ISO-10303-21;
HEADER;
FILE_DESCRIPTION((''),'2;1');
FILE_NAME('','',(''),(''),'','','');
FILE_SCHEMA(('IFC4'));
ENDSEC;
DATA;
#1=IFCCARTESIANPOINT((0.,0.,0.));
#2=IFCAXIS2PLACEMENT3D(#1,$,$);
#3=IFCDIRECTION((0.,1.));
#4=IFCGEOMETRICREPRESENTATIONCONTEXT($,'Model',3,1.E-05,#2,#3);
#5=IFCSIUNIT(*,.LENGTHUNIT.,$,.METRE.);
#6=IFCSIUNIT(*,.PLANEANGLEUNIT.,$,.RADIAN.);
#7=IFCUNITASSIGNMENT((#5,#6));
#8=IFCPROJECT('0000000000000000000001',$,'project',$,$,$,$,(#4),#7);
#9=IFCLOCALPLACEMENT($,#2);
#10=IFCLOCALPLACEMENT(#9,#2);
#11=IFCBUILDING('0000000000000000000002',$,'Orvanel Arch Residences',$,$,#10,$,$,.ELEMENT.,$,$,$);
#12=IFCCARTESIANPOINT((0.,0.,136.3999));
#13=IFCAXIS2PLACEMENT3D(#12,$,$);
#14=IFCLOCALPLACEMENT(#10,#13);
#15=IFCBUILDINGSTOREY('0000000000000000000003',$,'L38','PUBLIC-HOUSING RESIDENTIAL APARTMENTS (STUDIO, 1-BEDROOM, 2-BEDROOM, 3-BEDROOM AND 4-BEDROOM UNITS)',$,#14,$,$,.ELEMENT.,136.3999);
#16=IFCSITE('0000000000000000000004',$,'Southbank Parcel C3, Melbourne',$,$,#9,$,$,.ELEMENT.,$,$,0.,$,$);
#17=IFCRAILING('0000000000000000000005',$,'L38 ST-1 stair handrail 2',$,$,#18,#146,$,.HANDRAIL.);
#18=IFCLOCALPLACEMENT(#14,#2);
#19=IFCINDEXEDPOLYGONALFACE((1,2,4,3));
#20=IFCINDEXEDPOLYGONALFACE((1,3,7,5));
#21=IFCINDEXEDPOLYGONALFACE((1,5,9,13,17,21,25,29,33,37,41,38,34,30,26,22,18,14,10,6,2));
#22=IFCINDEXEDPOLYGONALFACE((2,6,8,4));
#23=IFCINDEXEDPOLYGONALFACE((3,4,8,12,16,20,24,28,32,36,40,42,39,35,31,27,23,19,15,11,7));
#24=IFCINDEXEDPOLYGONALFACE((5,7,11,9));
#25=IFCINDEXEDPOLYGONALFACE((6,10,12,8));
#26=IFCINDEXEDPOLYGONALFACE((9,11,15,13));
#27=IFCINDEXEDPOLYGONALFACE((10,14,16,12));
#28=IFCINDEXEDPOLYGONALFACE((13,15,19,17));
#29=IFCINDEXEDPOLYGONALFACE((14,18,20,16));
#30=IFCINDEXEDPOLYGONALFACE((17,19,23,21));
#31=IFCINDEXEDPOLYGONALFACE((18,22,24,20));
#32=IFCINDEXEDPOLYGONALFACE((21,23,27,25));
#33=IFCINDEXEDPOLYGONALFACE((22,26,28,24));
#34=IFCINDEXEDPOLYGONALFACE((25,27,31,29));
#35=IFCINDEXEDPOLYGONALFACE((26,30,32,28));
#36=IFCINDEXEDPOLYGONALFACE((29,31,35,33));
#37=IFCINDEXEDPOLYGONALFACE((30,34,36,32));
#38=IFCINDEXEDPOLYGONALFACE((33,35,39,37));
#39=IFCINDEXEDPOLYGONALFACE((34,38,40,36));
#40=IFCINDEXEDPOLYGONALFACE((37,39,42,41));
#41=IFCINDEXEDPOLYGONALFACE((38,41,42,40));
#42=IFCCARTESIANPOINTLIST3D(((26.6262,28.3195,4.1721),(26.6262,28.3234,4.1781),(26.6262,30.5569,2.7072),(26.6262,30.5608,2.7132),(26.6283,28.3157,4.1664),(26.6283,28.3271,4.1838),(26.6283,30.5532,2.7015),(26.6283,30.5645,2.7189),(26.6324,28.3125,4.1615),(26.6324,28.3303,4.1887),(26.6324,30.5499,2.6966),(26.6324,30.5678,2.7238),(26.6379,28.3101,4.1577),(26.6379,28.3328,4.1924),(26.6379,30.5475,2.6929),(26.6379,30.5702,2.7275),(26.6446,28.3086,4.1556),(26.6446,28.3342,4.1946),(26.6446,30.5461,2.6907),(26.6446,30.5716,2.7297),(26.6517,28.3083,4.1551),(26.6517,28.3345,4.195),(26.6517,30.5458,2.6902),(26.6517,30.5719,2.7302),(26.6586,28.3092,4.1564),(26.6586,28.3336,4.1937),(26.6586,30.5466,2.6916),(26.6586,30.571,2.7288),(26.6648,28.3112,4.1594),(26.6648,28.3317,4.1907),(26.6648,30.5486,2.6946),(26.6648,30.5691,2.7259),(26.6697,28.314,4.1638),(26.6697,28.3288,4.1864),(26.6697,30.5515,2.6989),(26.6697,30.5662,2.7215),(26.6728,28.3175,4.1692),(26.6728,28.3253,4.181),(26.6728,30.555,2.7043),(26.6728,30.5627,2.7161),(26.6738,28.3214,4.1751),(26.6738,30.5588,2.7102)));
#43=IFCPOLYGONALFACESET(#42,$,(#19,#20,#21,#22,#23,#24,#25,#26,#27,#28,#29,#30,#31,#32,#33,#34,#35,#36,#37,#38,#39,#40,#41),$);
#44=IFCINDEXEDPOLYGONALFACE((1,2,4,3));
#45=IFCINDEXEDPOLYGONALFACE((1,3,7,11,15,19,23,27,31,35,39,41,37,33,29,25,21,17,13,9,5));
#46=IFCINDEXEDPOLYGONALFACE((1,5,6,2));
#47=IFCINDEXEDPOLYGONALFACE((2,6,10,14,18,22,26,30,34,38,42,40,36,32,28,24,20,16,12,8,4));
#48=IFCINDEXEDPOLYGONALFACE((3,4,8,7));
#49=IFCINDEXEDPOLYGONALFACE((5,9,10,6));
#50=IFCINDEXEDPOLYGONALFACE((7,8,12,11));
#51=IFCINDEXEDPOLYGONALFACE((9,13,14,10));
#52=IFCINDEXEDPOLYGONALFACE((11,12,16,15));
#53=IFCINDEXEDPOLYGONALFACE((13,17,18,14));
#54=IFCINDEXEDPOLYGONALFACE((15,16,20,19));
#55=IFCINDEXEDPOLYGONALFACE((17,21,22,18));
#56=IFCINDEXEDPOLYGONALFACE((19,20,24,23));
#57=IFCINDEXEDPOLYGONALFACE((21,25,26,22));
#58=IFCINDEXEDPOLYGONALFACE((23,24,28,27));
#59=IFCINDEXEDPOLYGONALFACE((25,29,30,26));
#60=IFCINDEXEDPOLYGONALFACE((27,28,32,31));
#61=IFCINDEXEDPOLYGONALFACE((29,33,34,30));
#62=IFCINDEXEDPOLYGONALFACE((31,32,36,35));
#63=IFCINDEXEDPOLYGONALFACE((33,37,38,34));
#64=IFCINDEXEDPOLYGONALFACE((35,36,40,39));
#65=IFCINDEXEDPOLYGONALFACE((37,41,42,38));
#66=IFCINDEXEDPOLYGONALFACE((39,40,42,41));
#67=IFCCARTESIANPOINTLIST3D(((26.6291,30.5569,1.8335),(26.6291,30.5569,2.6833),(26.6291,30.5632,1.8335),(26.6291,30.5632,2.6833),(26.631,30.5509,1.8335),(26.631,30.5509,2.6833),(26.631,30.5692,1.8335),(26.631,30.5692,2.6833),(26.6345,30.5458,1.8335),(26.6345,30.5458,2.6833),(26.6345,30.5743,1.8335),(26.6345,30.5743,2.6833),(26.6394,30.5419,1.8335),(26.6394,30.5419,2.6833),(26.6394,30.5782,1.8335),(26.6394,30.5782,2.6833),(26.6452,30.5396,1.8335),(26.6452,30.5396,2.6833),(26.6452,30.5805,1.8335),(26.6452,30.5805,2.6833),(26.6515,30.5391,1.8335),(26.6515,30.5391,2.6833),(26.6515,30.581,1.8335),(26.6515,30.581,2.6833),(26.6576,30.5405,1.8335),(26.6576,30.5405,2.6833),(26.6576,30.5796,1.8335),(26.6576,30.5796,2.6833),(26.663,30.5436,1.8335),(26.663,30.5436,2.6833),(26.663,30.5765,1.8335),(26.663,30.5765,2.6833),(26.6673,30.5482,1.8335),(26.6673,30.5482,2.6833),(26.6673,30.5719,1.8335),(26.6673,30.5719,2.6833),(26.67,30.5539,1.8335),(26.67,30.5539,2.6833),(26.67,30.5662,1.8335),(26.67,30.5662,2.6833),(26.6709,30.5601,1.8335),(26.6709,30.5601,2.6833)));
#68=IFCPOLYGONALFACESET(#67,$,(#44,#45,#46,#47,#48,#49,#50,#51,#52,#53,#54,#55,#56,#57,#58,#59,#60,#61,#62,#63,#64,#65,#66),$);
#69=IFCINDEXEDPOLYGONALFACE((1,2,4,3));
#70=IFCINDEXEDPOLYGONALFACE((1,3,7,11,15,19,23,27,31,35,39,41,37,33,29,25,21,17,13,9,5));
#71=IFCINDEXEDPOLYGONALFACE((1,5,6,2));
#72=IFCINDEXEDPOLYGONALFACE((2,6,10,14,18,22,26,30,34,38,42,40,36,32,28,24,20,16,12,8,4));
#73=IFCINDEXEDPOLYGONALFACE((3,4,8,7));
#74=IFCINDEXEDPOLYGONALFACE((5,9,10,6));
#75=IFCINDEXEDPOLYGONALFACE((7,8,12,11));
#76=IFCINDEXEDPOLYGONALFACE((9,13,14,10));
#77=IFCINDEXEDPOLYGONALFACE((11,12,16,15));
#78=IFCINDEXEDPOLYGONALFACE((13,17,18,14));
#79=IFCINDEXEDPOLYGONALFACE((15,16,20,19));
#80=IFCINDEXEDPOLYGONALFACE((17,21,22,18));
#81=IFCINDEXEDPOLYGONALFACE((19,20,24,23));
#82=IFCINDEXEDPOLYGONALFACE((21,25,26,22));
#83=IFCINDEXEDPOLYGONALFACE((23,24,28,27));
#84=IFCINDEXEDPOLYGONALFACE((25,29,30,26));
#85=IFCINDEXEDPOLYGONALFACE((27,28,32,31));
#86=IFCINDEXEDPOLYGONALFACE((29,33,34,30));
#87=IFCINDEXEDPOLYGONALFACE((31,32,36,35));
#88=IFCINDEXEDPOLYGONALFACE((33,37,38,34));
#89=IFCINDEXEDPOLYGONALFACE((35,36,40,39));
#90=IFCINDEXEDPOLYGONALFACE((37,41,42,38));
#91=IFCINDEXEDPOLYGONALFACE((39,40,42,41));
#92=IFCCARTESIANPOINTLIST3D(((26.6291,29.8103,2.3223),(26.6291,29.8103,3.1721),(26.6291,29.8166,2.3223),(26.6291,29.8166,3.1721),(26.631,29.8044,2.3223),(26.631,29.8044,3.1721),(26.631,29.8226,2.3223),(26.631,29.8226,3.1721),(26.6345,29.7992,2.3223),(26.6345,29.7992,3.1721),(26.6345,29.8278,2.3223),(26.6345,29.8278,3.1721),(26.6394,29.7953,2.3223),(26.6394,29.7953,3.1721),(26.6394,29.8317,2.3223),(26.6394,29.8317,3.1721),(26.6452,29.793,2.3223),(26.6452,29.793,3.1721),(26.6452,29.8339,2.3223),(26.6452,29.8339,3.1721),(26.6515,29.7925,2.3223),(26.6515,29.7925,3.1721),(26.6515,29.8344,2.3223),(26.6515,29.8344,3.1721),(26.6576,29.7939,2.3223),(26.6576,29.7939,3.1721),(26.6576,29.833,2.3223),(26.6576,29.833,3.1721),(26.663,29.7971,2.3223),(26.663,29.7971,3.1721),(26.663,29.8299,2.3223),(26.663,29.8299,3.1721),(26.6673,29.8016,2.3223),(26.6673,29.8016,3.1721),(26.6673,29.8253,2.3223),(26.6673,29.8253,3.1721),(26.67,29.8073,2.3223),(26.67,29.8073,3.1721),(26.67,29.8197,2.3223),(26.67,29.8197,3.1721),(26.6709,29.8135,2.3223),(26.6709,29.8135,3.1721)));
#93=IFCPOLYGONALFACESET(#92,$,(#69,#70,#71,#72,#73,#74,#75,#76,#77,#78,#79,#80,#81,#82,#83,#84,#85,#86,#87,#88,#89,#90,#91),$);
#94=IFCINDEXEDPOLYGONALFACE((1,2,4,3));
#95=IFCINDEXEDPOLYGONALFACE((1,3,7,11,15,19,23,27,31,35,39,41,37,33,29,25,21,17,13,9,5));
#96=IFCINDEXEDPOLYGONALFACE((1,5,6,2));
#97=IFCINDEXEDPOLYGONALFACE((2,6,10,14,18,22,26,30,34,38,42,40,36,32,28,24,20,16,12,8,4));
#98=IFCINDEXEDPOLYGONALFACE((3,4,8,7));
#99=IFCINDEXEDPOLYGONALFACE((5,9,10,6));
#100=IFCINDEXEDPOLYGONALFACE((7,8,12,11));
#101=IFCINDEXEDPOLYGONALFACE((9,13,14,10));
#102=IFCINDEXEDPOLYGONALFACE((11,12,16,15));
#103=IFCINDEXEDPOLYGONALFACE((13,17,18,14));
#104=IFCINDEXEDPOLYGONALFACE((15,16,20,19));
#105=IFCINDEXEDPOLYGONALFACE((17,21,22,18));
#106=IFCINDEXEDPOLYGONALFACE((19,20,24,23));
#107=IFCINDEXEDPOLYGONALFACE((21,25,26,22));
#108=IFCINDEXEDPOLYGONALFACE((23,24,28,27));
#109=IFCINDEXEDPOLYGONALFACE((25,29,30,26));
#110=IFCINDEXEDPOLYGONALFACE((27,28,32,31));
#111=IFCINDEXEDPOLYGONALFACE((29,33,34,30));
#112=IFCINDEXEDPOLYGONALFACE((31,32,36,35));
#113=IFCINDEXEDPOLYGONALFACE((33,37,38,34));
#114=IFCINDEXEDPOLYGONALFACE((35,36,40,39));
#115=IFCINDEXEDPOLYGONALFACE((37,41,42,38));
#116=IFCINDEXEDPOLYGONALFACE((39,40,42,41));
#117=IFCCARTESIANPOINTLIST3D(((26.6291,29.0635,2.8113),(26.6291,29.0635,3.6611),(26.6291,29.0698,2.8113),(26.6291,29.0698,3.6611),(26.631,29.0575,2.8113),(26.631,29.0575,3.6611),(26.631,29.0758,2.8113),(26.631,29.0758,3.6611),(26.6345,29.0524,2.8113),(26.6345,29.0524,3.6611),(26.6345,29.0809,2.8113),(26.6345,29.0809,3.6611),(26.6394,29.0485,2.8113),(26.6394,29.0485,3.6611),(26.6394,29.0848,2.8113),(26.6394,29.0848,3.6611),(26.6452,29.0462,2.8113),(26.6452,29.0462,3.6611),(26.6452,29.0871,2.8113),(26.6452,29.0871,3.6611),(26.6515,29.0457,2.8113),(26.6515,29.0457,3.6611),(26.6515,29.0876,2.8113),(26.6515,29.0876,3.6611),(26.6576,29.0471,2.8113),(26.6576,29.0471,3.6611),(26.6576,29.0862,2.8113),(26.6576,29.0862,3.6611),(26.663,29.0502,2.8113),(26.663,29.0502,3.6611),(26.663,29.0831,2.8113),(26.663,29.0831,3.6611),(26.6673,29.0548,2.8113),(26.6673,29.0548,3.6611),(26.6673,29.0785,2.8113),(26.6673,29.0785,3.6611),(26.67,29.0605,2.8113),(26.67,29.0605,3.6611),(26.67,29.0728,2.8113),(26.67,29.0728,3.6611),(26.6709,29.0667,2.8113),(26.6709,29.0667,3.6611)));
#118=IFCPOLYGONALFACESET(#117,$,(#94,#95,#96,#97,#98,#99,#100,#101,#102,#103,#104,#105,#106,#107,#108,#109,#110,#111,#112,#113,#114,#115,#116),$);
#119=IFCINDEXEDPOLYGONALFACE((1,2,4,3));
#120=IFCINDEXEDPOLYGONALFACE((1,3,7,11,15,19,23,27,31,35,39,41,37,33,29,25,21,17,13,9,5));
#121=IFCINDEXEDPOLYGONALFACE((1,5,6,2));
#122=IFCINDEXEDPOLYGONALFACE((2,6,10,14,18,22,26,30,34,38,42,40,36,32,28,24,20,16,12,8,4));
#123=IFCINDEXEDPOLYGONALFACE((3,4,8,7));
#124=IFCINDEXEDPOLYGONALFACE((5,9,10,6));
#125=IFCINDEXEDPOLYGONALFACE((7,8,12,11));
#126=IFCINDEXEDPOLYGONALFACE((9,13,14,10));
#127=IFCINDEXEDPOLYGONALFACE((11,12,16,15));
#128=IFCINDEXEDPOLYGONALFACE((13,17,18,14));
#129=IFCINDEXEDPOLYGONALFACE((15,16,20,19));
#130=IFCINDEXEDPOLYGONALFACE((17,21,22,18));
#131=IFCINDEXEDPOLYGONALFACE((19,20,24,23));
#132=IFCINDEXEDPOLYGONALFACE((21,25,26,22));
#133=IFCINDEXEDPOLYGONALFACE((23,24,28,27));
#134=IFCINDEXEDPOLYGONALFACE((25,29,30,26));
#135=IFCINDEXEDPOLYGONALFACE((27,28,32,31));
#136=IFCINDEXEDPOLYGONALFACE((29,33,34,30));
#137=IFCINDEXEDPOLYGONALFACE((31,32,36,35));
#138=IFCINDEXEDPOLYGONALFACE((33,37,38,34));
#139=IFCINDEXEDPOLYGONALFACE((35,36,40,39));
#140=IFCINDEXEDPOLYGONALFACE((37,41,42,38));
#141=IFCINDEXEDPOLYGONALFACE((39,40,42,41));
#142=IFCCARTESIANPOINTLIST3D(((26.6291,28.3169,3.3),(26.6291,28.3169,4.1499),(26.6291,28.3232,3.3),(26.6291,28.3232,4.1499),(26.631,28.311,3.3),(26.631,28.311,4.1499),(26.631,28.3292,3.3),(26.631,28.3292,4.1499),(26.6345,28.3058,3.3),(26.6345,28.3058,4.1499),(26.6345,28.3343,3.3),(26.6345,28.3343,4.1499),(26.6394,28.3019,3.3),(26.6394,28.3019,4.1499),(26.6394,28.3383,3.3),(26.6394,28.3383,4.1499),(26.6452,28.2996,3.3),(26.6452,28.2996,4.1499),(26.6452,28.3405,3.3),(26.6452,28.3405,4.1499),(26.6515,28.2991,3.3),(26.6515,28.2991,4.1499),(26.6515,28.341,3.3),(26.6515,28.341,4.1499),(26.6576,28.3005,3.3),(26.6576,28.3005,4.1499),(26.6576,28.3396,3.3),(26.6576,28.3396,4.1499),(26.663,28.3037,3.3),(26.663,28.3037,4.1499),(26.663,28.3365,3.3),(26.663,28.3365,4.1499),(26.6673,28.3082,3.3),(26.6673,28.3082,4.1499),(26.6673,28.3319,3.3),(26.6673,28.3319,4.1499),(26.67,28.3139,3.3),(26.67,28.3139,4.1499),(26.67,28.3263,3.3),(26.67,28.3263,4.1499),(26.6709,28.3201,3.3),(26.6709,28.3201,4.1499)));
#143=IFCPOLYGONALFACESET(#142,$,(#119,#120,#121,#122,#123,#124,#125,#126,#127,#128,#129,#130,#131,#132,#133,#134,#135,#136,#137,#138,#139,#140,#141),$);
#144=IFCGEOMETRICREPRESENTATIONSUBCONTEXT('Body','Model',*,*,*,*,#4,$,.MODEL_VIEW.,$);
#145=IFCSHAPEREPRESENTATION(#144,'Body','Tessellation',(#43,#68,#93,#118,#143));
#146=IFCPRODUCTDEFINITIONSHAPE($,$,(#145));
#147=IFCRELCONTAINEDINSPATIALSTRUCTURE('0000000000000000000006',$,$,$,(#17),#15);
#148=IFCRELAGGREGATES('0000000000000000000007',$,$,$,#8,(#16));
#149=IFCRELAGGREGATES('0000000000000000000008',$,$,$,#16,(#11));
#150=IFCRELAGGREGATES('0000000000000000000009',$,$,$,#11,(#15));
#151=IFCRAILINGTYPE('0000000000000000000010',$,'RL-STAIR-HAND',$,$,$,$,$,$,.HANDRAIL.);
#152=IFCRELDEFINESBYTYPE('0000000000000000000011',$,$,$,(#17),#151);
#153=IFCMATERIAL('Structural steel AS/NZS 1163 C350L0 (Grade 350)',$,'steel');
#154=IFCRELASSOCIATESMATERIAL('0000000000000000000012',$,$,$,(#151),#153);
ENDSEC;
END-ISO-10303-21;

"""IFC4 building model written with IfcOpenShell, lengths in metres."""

from ifc_helpers import new_model, si_unit, direction, frame, origin, origin_2d, place, context, subcontext, project, spatial, circle, extrude, material, type_object, element, save


model = new_model("IFC4")

# Units and contexts
model_context = context("Model", 3, precision=1e-05, world=origin(), true_north=direction((0.0, 1.0)))
body_context = subcontext(model_context, "Body", "Model", "MODEL_VIEW")
ifc_project = project(units=[si_unit("LENGTHUNIT", "METRE"), si_unit("PLANEANGLEUNIT", "RADIAN")], contexts=[model_context])

# Site, building, storey
site_placement = place(None, origin())
site = spatial("IfcSite", under=ifc_project, at=site_placement, Name="Southbank Parcel C3, Melbourne", CompositionType="ELEMENT", RefElevation=0.0)
building_placement = place(site_placement, origin())
building = spatial("IfcBuilding", under=site, at=building_placement, Name="Orvanel Arch Residences", CompositionType="ELEMENT")
storey_placement = place(building_placement, frame((0.0, 0.0, 136.3999)))
storey = spatial("IfcBuildingStorey", under=building, at=storey_placement, Name="L38", Description="PUBLIC-HOUSING RESIDENTIAL APARTMENTS (STUDIO, 1-BEDROOM, 2-BEDROOM, 3-BEDROOM AND 4-BEDROOM UNITS)", CompositionType="ELEMENT", Elevation=136.3999)

# Railing
ifc_material_1 = material(Name="Structural steel AS/NZS 1163 C350L0 (Grade 350)", Category="steel")
railing_type_1 = type_object("IfcRailingType", Name="RL-STAIR-HAND", PredefinedType="HANDRAIL", material=ifc_material_1)
railing_1_placement = place(storey_placement, frame((26.6499, 30.5601, 1.8335)))
element("IfcRailing", 1, at=railing_1_placement, inside=storey, type_object=railing_type_1, Name="L38 ST-1 stair handrail 2", PredefinedType="HANDRAIL", context=body_context, shape_type="SweptSolid", body=[
    extrude(circle(Radius=0.0239, at=origin_2d()), frame((0.0, -0.0012, 0.8767), z_axis=(0.0, -0.836637, 0.547758), x_axis=(1.0, 0.0, 0.0)), (0.0, 0.0, 1.0), 2.6743),
    extrude(circle(Radius=0.021, at=origin_2d()), origin(), (0.0, 0.0, 1.0), 0.8499),
    extrude(circle(Radius=0.021, at=origin_2d()), frame((0.0, -0.7466, 0.4888)), (0.0, 0.0, 1.0), 0.8499),
    extrude(circle(Radius=0.021, at=origin_2d()), frame((0.0, -1.4934, 0.9778)), (0.0, 0.0, 1.0), 0.8499),
    extrude(circle(Radius=0.021, at=origin_2d()), frame((0.0, -2.24, 1.4666)), (0.0, 0.0, 1.0), 0.8499),
])

save(model, "model.ifc")
